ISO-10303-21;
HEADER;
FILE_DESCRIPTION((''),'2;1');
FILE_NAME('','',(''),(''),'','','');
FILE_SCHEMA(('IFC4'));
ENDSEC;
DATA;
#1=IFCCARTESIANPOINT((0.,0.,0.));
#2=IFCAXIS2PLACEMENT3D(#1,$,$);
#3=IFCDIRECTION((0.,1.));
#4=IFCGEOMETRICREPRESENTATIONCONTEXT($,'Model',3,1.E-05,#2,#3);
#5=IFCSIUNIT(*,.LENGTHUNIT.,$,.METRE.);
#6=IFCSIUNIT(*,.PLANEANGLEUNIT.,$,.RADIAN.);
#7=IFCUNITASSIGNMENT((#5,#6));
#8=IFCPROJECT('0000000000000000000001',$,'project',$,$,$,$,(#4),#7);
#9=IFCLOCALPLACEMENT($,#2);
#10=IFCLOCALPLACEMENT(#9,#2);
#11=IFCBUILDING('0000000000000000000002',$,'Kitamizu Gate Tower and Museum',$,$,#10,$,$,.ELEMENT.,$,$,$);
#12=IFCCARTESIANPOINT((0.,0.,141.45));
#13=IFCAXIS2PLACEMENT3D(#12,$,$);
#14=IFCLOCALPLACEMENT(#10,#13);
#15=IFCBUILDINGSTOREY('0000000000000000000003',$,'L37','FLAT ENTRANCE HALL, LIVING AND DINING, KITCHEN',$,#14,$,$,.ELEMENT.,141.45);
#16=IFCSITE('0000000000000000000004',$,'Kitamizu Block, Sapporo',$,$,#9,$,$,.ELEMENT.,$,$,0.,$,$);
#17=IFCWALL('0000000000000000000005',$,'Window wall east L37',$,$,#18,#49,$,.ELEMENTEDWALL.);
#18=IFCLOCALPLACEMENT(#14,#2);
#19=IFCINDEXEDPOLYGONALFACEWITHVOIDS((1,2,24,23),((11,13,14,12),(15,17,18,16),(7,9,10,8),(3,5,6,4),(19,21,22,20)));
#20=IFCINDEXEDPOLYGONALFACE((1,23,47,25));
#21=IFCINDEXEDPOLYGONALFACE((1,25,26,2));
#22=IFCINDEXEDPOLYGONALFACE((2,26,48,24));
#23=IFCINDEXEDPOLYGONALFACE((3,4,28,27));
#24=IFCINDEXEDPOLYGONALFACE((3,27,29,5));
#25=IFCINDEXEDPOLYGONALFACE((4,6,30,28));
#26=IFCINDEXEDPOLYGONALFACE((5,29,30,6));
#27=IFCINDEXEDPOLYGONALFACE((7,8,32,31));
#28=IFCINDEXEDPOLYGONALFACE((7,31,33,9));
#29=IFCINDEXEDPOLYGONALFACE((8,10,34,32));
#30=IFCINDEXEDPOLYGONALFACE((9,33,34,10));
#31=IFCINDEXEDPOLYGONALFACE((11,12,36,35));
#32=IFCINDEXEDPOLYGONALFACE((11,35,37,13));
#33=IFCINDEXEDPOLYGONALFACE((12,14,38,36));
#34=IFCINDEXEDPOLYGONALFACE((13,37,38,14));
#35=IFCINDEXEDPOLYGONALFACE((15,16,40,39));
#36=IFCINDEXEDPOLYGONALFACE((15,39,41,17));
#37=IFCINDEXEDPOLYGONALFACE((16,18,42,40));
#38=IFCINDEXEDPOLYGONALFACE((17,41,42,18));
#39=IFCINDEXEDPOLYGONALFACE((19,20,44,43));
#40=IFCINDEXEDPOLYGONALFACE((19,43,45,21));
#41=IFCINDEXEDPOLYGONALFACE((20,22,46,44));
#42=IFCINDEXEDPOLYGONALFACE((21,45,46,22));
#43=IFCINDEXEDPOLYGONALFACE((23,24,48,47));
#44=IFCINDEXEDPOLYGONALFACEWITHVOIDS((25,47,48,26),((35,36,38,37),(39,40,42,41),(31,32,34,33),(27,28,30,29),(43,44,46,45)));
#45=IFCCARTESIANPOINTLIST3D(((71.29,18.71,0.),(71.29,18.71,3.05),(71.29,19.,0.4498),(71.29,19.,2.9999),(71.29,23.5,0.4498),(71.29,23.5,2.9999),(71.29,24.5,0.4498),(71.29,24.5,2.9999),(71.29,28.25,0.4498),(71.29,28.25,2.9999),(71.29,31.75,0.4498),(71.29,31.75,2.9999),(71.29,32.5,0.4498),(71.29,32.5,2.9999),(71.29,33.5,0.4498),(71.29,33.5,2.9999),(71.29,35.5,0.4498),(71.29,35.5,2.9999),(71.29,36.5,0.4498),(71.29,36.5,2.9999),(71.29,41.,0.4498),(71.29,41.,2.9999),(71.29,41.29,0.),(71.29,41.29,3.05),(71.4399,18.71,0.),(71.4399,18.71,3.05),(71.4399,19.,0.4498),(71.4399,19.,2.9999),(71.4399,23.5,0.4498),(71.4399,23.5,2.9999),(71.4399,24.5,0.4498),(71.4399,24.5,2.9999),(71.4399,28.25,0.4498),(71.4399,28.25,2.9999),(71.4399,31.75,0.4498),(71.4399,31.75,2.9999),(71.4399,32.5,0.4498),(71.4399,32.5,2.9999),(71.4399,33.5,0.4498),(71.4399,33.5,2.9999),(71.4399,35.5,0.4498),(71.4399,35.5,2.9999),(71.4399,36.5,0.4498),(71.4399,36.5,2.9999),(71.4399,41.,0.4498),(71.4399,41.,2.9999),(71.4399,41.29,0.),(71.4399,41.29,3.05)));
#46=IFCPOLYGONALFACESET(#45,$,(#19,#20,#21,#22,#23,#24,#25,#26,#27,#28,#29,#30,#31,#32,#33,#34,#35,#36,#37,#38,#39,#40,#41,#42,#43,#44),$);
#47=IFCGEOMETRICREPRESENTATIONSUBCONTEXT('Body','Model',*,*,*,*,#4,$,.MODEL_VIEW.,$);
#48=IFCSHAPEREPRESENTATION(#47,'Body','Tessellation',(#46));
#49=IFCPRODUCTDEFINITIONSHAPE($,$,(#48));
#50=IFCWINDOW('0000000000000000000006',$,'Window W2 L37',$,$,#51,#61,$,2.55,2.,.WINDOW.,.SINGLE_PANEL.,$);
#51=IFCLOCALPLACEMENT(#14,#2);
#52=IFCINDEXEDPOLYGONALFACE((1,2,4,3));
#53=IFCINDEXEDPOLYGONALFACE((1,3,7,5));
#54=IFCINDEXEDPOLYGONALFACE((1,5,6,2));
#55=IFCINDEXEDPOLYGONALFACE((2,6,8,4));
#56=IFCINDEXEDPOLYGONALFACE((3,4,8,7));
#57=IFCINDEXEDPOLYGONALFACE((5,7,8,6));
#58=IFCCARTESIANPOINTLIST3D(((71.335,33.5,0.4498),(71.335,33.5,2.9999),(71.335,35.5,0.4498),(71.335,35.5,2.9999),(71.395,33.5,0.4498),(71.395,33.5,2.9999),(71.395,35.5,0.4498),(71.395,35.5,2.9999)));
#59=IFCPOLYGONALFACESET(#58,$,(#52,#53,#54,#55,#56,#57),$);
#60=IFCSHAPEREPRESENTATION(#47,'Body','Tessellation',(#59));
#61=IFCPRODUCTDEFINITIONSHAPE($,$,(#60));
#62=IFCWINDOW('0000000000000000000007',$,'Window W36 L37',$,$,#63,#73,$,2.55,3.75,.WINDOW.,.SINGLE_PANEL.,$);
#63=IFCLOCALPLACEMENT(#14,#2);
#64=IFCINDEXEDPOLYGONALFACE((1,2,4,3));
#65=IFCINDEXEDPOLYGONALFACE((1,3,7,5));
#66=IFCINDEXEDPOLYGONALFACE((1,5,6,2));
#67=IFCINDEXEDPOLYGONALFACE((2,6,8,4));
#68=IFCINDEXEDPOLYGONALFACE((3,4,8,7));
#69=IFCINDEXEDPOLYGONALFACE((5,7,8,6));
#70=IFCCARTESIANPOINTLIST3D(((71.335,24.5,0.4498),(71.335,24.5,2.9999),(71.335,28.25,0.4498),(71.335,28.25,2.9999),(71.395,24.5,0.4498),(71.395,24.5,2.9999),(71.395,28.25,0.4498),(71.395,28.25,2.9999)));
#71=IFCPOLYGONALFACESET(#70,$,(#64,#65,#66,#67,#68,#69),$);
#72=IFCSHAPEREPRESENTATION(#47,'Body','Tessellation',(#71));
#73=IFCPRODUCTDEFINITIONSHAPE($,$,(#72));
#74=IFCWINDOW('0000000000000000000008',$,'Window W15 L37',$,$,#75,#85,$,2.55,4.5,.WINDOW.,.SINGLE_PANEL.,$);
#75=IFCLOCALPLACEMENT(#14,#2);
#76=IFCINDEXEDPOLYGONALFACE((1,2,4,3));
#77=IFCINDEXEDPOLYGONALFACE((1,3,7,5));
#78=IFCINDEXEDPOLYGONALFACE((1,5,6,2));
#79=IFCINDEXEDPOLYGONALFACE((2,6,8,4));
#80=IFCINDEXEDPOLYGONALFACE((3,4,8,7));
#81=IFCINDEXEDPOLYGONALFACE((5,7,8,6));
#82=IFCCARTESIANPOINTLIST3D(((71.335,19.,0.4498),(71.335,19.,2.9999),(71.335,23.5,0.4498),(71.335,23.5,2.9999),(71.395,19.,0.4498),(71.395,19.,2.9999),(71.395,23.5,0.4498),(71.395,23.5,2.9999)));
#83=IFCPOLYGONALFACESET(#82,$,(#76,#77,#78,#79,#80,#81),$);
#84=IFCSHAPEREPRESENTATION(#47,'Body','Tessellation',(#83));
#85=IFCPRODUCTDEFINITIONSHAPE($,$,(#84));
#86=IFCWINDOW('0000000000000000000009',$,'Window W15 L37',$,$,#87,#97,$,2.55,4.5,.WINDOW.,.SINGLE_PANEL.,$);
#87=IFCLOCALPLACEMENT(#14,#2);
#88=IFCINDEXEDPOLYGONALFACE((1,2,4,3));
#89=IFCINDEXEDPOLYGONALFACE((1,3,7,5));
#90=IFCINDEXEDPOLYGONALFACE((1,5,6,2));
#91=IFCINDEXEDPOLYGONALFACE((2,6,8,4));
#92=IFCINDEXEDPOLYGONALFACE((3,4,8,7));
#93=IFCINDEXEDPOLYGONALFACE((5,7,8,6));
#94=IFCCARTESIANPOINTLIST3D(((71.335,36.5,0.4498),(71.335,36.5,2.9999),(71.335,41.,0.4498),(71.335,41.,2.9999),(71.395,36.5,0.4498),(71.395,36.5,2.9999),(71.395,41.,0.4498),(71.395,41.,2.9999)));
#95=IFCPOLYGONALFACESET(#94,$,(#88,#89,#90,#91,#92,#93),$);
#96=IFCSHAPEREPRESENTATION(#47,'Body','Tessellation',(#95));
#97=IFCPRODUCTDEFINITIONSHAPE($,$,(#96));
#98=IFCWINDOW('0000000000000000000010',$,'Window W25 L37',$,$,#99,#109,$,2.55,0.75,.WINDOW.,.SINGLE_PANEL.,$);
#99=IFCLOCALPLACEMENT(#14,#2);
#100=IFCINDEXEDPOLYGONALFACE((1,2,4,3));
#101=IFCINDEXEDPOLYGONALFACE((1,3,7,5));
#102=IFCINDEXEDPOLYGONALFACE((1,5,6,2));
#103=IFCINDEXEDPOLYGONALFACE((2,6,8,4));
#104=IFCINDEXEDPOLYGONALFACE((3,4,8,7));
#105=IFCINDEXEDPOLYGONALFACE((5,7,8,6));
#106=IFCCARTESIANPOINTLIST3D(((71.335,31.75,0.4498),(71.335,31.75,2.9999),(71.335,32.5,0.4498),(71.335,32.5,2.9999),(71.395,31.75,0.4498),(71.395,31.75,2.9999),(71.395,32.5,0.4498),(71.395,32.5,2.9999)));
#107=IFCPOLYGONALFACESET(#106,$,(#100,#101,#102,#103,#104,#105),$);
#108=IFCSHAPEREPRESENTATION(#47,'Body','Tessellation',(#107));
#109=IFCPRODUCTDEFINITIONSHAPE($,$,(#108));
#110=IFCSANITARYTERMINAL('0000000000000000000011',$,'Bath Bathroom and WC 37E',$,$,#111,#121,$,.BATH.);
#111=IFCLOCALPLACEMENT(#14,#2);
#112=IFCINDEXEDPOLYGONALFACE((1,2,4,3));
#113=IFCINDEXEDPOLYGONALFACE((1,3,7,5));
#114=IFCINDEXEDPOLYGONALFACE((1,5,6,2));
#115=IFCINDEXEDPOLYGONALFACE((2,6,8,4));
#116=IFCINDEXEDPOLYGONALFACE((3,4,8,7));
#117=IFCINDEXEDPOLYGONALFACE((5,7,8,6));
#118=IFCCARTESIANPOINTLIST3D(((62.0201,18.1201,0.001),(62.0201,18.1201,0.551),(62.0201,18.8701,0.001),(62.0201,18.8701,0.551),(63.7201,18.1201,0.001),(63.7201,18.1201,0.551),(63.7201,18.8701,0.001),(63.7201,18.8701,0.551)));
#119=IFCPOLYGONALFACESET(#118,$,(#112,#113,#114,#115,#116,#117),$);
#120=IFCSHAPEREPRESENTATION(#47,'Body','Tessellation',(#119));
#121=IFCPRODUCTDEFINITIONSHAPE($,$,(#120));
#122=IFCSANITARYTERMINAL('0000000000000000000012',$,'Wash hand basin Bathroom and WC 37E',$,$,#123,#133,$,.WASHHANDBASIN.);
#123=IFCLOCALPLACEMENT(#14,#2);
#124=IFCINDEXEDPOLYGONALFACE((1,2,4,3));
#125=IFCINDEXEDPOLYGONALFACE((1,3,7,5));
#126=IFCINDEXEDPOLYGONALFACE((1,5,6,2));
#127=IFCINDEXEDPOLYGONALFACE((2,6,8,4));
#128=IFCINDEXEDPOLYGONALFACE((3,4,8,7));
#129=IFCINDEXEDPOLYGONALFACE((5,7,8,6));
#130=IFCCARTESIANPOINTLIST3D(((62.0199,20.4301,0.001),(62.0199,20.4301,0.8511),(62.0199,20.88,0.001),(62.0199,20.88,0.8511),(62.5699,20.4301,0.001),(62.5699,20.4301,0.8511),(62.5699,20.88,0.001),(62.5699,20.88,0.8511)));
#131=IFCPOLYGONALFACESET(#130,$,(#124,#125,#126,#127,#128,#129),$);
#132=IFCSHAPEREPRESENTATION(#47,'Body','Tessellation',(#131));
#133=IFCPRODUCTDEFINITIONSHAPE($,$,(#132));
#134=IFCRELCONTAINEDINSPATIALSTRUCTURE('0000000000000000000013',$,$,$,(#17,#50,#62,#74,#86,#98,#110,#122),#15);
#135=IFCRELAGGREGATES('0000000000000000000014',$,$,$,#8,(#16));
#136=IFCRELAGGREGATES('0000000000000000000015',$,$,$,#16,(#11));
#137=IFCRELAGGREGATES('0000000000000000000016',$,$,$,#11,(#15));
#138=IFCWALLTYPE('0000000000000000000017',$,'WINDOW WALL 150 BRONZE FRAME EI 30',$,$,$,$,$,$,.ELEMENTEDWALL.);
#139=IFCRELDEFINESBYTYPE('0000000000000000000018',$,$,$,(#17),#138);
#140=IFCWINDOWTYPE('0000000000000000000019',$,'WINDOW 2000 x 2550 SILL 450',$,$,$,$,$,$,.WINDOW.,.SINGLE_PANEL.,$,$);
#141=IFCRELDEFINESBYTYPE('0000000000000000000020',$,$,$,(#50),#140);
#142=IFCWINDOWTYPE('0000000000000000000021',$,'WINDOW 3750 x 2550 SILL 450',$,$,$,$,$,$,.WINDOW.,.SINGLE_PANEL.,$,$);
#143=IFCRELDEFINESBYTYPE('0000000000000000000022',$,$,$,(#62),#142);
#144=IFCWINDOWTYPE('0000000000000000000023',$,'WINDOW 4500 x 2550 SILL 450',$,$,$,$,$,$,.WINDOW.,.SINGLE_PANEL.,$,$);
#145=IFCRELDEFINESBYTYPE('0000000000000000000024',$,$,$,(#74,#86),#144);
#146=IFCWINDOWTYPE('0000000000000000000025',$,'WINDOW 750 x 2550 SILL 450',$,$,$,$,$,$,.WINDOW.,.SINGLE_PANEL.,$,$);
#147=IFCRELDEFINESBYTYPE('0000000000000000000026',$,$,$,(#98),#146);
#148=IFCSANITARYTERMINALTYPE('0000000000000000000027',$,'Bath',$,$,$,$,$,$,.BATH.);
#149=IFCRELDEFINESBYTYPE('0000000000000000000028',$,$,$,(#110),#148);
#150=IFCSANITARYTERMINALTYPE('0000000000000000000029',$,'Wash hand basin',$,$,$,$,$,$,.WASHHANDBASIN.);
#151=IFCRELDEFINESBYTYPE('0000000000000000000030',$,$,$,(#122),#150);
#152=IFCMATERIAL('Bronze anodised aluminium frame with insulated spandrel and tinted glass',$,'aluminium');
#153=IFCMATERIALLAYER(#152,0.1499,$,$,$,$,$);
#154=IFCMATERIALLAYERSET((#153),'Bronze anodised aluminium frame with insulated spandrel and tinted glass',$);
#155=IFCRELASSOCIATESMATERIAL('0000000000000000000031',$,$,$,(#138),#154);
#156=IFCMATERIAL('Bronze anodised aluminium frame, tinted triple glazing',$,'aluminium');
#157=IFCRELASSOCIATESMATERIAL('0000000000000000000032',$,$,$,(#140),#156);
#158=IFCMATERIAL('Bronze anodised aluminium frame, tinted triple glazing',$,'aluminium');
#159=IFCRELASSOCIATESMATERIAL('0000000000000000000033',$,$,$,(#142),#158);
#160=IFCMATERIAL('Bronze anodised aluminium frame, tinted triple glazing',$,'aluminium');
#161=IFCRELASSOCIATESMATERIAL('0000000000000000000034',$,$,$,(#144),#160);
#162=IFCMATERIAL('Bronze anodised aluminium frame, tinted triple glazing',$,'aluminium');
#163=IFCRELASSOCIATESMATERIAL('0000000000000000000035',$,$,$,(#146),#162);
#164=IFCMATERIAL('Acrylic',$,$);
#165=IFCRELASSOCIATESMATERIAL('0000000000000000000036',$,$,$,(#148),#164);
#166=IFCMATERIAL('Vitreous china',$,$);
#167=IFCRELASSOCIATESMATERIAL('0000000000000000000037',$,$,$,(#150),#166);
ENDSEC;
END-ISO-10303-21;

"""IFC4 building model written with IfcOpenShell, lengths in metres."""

from ifc_helpers import new_model, si_unit, direction, frame, frame_2d, origin, origin_2d, place, context, subcontext, project, spatial, rectangle, extrude, material, layer, layer_set, type_object, element, fill, save


model = new_model("IFC4")

# Units and contexts
model_context = context("Model", 3, precision=1e-05, world=origin(), true_north=direction((0.0, 1.0)))
body_context = subcontext(model_context, "Body", "Model", "MODEL_VIEW")
ifc_project = project(units=[si_unit("LENGTHUNIT", "METRE"), si_unit("PLANEANGLEUNIT", "RADIAN")], contexts=[model_context])

# Site, building, storey
site_placement = place(None, origin())
site = spatial("IfcSite", under=ifc_project, at=site_placement, Name="Kitamizu Block, Sapporo", CompositionType="ELEMENT", RefElevation=0.0)
building_placement = place(site_placement, origin())
building = spatial("IfcBuilding", under=site, at=building_placement, Name="Kitamizu Gate Tower and Museum", CompositionType="ELEMENT")
storey_placement = place(building_placement, frame((0.0, 0.0, 141.45)))
storey = spatial("IfcBuildingStorey", under=building, at=storey_placement, Name="L37", Description="FLAT ENTRANCE HALL, LIVING AND DINING, KITCHEN", CompositionType="ELEMENT", Elevation=141.45)

# Shared definitions
ifc_material_1 = material(Name="Bronze anodised aluminium frame with insulated spandrel and tinted glass", Category="aluminium")
ifc_layer_1 = layer(ifc_material_1, 0.1499)
ifc_layer_set_1 = layer_set([ifc_layer_1], Name="Bronze anodised aluminium frame with insulated spandrel and tinted glass")
wall_type_1 = type_object("IfcWallType", Name="WINDOW WALL 150 BRONZE FRAME EI 30", PredefinedType="ELEMENTEDWALL", material=ifc_layer_set_1)

# Wall, openings, windows
wall_1_placement = place(storey_placement, frame((71.365, 18.71, 0.0), z_axis=(0.0, 0.0, 1.0), x_axis=(0.0, 1.0, 0.0)))
wall_1 = element("IfcWall", 1, at=wall_1_placement, inside=storey, type_object=wall_type_1, Name="Window wall east L37", PredefinedType="ELEMENTEDWALL", context=body_context, shape_type="SweptSolid", body=[
    extrude(rectangle(XDim=22.5801, YDim=0.1499, at=frame_2d((11.29, 0.0))), origin(), (0.0, 0.0, 1.0), 3.05),
])
opening_1_placement = place(wall_1_placement, frame((0.29, 0.0, 0.45)))
opening_1 = element("IfcOpeningElement", 2, at=opening_1_placement, cuts=wall_1, PredefinedType="OPENING", context=body_context, shape_type="SweptSolid", body=[
    extrude(rectangle(XDim=4.5, YDim=2.55, at=frame_2d((2.25, 1.2749))), frame((0.0, 0.085, 0.0), z_axis=(0.0, -1.0, 0.0), x_axis=(1.0, 0.0, 0.0)), (0.0, 0.0, 1.0), 0.1699),
])
opening_2_placement = place(wall_1_placement, frame((5.79, 0.0, 0.45)))
opening_2 = element("IfcOpeningElement", 3, at=opening_2_placement, cuts=wall_1, PredefinedType="OPENING", context=body_context, shape_type="SweptSolid", body=[
    extrude(rectangle(XDim=3.75, YDim=2.55, at=frame_2d((1.875, 1.2749))), frame((0.0, 0.085, 0.0), z_axis=(0.0, -1.0, 0.0), x_axis=(1.0, 0.0, 0.0)), (0.0, 0.0, 1.0), 0.1699),
])
opening_3_placement = place(wall_1_placement, frame((13.04, 0.0, 0.45)))
opening_3 = element("IfcOpeningElement", 4, at=opening_3_placement, cuts=wall_1, PredefinedType="OPENING", context=body_context, shape_type="SweptSolid", body=[
    extrude(rectangle(XDim=0.75, YDim=2.55, at=frame_2d((0.375, 1.2749))), frame((0.0, 0.085, 0.0), z_axis=(0.0, -1.0, 0.0), x_axis=(1.0, 0.0, 0.0)), (0.0, 0.0, 1.0), 0.1699),
])
opening_4_placement = place(wall_1_placement, frame((14.79, 0.0, 0.45)))
opening_4 = element("IfcOpeningElement", 5, at=opening_4_placement, cuts=wall_1, PredefinedType="OPENING", context=body_context, shape_type="SweptSolid", body=[
    extrude(rectangle(XDim=2.0, YDim=2.55, at=frame_2d((1.0, 1.2749))), frame((0.0, 0.085, 0.0), z_axis=(0.0, -1.0, 0.0), x_axis=(1.0, 0.0, 0.0)), (0.0, 0.0, 1.0), 0.1699),
])
opening_5_placement = place(wall_1_placement, frame((17.79, 0.0, 0.45)))
opening_5 = element("IfcOpeningElement", 6, at=opening_5_placement, cuts=wall_1, PredefinedType="OPENING", context=body_context, shape_type="SweptSolid", body=[
    extrude(rectangle(XDim=4.5, YDim=2.55, at=frame_2d((2.25, 1.2749))), frame((0.0, 0.085, 0.0), z_axis=(0.0, -1.0, 0.0), x_axis=(1.0, 0.0, 0.0)), (0.0, 0.0, 1.0), 0.1699),
])
ifc_material_2 = material(Name="Bronze anodised aluminium frame, tinted triple glazing", Category="aluminium")
window_type_1 = type_object("IfcWindowType", Name="WINDOW 2000 x 2550 SILL 450", PartitioningType="SINGLE_PANEL", PredefinedType="WINDOW", material=ifc_material_2)
window_1_placement = place(opening_4_placement, origin())
window_1 = element("IfcWindow", 7, at=window_1_placement, inside=storey, type_object=window_type_1, Name="Window W2 L37", OverallHeight=2.55, OverallWidth=2.0, PartitioningType="SINGLE_PANEL", PredefinedType="WINDOW", context=body_context, shape_type="SweptSolid", body=[
    extrude(rectangle(XDim=2.0, YDim=2.55, at=frame_2d((1.0, 1.2749))), frame((0.0, 0.03, 0.0), z_axis=(0.0, -1.0, 0.0), x_axis=(1.0, 0.0, 0.0)), (0.0, 0.0, 1.0), 0.0601),
])
fill(opening_4, window_1)
ifc_material_3 = material(Name="Bronze anodised aluminium frame, tinted triple glazing", Category="aluminium")
window_type_2 = type_object("IfcWindowType", Name="WINDOW 3750 x 2550 SILL 450", PartitioningType="SINGLE_PANEL", PredefinedType="WINDOW", material=ifc_material_3)
window_2_placement = place(opening_2_placement, origin())
window_2 = element("IfcWindow", 8, at=window_2_placement, inside=storey, type_object=window_type_2, Name="Window W36 L37", OverallHeight=2.55, OverallWidth=3.75, PartitioningType="SINGLE_PANEL", PredefinedType="WINDOW", context=body_context, shape_type="SweptSolid", body=[
    extrude(rectangle(XDim=3.75, YDim=2.55, at=frame_2d((1.875, 1.2749))), frame((0.0, 0.03, 0.0), z_axis=(0.0, -1.0, 0.0), x_axis=(1.0, 0.0, 0.0)), (0.0, 0.0, 1.0), 0.0601),
])
fill(opening_2, window_2)
ifc_material_4 = material(Name="Bronze anodised aluminium frame, tinted triple glazing", Category="aluminium")
window_type_3 = type_object("IfcWindowType", Name="WINDOW 4500 x 2550 SILL 450", PartitioningType="SINGLE_PANEL", PredefinedType="WINDOW", material=ifc_material_4)
window_3_placement = place(opening_1_placement, origin())
window_3 = element("IfcWindow", 9, at=window_3_placement, inside=storey, type_object=window_type_3, Name="Window W15 L37", OverallHeight=2.55, OverallWidth=4.5, PartitioningType="SINGLE_PANEL", PredefinedType="WINDOW", context=body_context, shape_type="SweptSolid", body=[
    extrude(rectangle(XDim=4.5, YDim=2.55, at=frame_2d((2.25, 1.2749))), frame((0.0, 0.03, 0.0), z_axis=(0.0, -1.0, 0.0), x_axis=(1.0, 0.0, 0.0)), (0.0, 0.0, 1.0), 0.0601),
])
fill(opening_1, window_3)
window_4_placement = place(opening_5_placement, origin())
window_4 = element("IfcWindow", 10, at=window_4_placement, inside=storey, type_object=window_type_3, Name="Window W15 L37", OverallHeight=2.55, OverallWidth=4.5, PartitioningType="SINGLE_PANEL", PredefinedType="WINDOW", context=body_context, shape_type="SweptSolid", body=[
    extrude(rectangle(XDim=4.5, YDim=2.55, at=frame_2d((2.25, 1.2749))), frame((0.0, 0.03, 0.0), z_axis=(0.0, -1.0, 0.0), x_axis=(1.0, 0.0, 0.0)), (0.0, 0.0, 1.0), 0.0601),
])
fill(opening_5, window_4)
ifc_material_5 = material(Name="Bronze anodised aluminium frame, tinted triple glazing", Category="aluminium")
window_type_4 = type_object("IfcWindowType", Name="WINDOW 750 x 2550 SILL 450", PartitioningType="SINGLE_PANEL", PredefinedType="WINDOW", material=ifc_material_5)
window_5_placement = place(opening_3_placement, origin())
window_5 = element("IfcWindow", 11, at=window_5_placement, inside=storey, type_object=window_type_4, Name="Window W25 L37", OverallHeight=2.55, OverallWidth=0.75, PartitioningType="SINGLE_PANEL", PredefinedType="WINDOW", context=body_context, shape_type="SweptSolid", body=[
    extrude(rectangle(XDim=0.75, YDim=2.55, at=frame_2d((0.375, 1.2749))), frame((0.0, 0.03, 0.0), z_axis=(0.0, -1.0, 0.0), x_axis=(1.0, 0.0, 0.0)), (0.0, 0.0, 1.0), 0.0601),
])
fill(opening_3, window_5)

# Sanitary terminals
ifc_material_6 = material(Name="Acrylic")
sanitary_terminal_type_1 = type_object("IfcSanitaryTerminalType", Name="Bath", PredefinedType="BATH", material=ifc_material_6)
sanitary_terminal_1_placement = place(storey_placement, frame((62.8701, 18.4951, 0.001), z_axis=(0.0, 0.0, 1.0), x_axis=(1.0, 0.0, 0.0)))
element("IfcSanitaryTerminal", 12, at=sanitary_terminal_1_placement, inside=storey, type_object=sanitary_terminal_type_1, Name="Bath Bathroom and WC 37E", PredefinedType="BATH", context=body_context, shape_type="SweptSolid", body=[
    extrude(rectangle(XDim=1.7, YDim=0.75, at=origin_2d()), origin(), (0.0, 0.0, 1.0), 0.55),
])
ifc_material_7 = material(Name="Vitreous china")
sanitary_terminal_type_2 = type_object("IfcSanitaryTerminalType", Name="Wash hand basin", PredefinedType="WASHHANDBASIN", material=ifc_material_7)
sanitary_terminal_2_placement = place(storey_placement, frame((62.2949, 20.655, 0.001), z_axis=(0.0, 0.0, 1.0), x_axis=(1.0, 0.0, 0.0)))
element("IfcSanitaryTerminal", 13, at=sanitary_terminal_2_placement, inside=storey, type_object=sanitary_terminal_type_2, Name="Wash hand basin Bathroom and WC 37E", PredefinedType="WASHHANDBASIN", context=body_context, shape_type="SweptSolid", body=[
    extrude(rectangle(XDim=0.55, YDim=0.45, at=origin_2d()), origin(), (0.0, 0.0, 1.0), 0.8501),
])

save(model, "model.ifc")
